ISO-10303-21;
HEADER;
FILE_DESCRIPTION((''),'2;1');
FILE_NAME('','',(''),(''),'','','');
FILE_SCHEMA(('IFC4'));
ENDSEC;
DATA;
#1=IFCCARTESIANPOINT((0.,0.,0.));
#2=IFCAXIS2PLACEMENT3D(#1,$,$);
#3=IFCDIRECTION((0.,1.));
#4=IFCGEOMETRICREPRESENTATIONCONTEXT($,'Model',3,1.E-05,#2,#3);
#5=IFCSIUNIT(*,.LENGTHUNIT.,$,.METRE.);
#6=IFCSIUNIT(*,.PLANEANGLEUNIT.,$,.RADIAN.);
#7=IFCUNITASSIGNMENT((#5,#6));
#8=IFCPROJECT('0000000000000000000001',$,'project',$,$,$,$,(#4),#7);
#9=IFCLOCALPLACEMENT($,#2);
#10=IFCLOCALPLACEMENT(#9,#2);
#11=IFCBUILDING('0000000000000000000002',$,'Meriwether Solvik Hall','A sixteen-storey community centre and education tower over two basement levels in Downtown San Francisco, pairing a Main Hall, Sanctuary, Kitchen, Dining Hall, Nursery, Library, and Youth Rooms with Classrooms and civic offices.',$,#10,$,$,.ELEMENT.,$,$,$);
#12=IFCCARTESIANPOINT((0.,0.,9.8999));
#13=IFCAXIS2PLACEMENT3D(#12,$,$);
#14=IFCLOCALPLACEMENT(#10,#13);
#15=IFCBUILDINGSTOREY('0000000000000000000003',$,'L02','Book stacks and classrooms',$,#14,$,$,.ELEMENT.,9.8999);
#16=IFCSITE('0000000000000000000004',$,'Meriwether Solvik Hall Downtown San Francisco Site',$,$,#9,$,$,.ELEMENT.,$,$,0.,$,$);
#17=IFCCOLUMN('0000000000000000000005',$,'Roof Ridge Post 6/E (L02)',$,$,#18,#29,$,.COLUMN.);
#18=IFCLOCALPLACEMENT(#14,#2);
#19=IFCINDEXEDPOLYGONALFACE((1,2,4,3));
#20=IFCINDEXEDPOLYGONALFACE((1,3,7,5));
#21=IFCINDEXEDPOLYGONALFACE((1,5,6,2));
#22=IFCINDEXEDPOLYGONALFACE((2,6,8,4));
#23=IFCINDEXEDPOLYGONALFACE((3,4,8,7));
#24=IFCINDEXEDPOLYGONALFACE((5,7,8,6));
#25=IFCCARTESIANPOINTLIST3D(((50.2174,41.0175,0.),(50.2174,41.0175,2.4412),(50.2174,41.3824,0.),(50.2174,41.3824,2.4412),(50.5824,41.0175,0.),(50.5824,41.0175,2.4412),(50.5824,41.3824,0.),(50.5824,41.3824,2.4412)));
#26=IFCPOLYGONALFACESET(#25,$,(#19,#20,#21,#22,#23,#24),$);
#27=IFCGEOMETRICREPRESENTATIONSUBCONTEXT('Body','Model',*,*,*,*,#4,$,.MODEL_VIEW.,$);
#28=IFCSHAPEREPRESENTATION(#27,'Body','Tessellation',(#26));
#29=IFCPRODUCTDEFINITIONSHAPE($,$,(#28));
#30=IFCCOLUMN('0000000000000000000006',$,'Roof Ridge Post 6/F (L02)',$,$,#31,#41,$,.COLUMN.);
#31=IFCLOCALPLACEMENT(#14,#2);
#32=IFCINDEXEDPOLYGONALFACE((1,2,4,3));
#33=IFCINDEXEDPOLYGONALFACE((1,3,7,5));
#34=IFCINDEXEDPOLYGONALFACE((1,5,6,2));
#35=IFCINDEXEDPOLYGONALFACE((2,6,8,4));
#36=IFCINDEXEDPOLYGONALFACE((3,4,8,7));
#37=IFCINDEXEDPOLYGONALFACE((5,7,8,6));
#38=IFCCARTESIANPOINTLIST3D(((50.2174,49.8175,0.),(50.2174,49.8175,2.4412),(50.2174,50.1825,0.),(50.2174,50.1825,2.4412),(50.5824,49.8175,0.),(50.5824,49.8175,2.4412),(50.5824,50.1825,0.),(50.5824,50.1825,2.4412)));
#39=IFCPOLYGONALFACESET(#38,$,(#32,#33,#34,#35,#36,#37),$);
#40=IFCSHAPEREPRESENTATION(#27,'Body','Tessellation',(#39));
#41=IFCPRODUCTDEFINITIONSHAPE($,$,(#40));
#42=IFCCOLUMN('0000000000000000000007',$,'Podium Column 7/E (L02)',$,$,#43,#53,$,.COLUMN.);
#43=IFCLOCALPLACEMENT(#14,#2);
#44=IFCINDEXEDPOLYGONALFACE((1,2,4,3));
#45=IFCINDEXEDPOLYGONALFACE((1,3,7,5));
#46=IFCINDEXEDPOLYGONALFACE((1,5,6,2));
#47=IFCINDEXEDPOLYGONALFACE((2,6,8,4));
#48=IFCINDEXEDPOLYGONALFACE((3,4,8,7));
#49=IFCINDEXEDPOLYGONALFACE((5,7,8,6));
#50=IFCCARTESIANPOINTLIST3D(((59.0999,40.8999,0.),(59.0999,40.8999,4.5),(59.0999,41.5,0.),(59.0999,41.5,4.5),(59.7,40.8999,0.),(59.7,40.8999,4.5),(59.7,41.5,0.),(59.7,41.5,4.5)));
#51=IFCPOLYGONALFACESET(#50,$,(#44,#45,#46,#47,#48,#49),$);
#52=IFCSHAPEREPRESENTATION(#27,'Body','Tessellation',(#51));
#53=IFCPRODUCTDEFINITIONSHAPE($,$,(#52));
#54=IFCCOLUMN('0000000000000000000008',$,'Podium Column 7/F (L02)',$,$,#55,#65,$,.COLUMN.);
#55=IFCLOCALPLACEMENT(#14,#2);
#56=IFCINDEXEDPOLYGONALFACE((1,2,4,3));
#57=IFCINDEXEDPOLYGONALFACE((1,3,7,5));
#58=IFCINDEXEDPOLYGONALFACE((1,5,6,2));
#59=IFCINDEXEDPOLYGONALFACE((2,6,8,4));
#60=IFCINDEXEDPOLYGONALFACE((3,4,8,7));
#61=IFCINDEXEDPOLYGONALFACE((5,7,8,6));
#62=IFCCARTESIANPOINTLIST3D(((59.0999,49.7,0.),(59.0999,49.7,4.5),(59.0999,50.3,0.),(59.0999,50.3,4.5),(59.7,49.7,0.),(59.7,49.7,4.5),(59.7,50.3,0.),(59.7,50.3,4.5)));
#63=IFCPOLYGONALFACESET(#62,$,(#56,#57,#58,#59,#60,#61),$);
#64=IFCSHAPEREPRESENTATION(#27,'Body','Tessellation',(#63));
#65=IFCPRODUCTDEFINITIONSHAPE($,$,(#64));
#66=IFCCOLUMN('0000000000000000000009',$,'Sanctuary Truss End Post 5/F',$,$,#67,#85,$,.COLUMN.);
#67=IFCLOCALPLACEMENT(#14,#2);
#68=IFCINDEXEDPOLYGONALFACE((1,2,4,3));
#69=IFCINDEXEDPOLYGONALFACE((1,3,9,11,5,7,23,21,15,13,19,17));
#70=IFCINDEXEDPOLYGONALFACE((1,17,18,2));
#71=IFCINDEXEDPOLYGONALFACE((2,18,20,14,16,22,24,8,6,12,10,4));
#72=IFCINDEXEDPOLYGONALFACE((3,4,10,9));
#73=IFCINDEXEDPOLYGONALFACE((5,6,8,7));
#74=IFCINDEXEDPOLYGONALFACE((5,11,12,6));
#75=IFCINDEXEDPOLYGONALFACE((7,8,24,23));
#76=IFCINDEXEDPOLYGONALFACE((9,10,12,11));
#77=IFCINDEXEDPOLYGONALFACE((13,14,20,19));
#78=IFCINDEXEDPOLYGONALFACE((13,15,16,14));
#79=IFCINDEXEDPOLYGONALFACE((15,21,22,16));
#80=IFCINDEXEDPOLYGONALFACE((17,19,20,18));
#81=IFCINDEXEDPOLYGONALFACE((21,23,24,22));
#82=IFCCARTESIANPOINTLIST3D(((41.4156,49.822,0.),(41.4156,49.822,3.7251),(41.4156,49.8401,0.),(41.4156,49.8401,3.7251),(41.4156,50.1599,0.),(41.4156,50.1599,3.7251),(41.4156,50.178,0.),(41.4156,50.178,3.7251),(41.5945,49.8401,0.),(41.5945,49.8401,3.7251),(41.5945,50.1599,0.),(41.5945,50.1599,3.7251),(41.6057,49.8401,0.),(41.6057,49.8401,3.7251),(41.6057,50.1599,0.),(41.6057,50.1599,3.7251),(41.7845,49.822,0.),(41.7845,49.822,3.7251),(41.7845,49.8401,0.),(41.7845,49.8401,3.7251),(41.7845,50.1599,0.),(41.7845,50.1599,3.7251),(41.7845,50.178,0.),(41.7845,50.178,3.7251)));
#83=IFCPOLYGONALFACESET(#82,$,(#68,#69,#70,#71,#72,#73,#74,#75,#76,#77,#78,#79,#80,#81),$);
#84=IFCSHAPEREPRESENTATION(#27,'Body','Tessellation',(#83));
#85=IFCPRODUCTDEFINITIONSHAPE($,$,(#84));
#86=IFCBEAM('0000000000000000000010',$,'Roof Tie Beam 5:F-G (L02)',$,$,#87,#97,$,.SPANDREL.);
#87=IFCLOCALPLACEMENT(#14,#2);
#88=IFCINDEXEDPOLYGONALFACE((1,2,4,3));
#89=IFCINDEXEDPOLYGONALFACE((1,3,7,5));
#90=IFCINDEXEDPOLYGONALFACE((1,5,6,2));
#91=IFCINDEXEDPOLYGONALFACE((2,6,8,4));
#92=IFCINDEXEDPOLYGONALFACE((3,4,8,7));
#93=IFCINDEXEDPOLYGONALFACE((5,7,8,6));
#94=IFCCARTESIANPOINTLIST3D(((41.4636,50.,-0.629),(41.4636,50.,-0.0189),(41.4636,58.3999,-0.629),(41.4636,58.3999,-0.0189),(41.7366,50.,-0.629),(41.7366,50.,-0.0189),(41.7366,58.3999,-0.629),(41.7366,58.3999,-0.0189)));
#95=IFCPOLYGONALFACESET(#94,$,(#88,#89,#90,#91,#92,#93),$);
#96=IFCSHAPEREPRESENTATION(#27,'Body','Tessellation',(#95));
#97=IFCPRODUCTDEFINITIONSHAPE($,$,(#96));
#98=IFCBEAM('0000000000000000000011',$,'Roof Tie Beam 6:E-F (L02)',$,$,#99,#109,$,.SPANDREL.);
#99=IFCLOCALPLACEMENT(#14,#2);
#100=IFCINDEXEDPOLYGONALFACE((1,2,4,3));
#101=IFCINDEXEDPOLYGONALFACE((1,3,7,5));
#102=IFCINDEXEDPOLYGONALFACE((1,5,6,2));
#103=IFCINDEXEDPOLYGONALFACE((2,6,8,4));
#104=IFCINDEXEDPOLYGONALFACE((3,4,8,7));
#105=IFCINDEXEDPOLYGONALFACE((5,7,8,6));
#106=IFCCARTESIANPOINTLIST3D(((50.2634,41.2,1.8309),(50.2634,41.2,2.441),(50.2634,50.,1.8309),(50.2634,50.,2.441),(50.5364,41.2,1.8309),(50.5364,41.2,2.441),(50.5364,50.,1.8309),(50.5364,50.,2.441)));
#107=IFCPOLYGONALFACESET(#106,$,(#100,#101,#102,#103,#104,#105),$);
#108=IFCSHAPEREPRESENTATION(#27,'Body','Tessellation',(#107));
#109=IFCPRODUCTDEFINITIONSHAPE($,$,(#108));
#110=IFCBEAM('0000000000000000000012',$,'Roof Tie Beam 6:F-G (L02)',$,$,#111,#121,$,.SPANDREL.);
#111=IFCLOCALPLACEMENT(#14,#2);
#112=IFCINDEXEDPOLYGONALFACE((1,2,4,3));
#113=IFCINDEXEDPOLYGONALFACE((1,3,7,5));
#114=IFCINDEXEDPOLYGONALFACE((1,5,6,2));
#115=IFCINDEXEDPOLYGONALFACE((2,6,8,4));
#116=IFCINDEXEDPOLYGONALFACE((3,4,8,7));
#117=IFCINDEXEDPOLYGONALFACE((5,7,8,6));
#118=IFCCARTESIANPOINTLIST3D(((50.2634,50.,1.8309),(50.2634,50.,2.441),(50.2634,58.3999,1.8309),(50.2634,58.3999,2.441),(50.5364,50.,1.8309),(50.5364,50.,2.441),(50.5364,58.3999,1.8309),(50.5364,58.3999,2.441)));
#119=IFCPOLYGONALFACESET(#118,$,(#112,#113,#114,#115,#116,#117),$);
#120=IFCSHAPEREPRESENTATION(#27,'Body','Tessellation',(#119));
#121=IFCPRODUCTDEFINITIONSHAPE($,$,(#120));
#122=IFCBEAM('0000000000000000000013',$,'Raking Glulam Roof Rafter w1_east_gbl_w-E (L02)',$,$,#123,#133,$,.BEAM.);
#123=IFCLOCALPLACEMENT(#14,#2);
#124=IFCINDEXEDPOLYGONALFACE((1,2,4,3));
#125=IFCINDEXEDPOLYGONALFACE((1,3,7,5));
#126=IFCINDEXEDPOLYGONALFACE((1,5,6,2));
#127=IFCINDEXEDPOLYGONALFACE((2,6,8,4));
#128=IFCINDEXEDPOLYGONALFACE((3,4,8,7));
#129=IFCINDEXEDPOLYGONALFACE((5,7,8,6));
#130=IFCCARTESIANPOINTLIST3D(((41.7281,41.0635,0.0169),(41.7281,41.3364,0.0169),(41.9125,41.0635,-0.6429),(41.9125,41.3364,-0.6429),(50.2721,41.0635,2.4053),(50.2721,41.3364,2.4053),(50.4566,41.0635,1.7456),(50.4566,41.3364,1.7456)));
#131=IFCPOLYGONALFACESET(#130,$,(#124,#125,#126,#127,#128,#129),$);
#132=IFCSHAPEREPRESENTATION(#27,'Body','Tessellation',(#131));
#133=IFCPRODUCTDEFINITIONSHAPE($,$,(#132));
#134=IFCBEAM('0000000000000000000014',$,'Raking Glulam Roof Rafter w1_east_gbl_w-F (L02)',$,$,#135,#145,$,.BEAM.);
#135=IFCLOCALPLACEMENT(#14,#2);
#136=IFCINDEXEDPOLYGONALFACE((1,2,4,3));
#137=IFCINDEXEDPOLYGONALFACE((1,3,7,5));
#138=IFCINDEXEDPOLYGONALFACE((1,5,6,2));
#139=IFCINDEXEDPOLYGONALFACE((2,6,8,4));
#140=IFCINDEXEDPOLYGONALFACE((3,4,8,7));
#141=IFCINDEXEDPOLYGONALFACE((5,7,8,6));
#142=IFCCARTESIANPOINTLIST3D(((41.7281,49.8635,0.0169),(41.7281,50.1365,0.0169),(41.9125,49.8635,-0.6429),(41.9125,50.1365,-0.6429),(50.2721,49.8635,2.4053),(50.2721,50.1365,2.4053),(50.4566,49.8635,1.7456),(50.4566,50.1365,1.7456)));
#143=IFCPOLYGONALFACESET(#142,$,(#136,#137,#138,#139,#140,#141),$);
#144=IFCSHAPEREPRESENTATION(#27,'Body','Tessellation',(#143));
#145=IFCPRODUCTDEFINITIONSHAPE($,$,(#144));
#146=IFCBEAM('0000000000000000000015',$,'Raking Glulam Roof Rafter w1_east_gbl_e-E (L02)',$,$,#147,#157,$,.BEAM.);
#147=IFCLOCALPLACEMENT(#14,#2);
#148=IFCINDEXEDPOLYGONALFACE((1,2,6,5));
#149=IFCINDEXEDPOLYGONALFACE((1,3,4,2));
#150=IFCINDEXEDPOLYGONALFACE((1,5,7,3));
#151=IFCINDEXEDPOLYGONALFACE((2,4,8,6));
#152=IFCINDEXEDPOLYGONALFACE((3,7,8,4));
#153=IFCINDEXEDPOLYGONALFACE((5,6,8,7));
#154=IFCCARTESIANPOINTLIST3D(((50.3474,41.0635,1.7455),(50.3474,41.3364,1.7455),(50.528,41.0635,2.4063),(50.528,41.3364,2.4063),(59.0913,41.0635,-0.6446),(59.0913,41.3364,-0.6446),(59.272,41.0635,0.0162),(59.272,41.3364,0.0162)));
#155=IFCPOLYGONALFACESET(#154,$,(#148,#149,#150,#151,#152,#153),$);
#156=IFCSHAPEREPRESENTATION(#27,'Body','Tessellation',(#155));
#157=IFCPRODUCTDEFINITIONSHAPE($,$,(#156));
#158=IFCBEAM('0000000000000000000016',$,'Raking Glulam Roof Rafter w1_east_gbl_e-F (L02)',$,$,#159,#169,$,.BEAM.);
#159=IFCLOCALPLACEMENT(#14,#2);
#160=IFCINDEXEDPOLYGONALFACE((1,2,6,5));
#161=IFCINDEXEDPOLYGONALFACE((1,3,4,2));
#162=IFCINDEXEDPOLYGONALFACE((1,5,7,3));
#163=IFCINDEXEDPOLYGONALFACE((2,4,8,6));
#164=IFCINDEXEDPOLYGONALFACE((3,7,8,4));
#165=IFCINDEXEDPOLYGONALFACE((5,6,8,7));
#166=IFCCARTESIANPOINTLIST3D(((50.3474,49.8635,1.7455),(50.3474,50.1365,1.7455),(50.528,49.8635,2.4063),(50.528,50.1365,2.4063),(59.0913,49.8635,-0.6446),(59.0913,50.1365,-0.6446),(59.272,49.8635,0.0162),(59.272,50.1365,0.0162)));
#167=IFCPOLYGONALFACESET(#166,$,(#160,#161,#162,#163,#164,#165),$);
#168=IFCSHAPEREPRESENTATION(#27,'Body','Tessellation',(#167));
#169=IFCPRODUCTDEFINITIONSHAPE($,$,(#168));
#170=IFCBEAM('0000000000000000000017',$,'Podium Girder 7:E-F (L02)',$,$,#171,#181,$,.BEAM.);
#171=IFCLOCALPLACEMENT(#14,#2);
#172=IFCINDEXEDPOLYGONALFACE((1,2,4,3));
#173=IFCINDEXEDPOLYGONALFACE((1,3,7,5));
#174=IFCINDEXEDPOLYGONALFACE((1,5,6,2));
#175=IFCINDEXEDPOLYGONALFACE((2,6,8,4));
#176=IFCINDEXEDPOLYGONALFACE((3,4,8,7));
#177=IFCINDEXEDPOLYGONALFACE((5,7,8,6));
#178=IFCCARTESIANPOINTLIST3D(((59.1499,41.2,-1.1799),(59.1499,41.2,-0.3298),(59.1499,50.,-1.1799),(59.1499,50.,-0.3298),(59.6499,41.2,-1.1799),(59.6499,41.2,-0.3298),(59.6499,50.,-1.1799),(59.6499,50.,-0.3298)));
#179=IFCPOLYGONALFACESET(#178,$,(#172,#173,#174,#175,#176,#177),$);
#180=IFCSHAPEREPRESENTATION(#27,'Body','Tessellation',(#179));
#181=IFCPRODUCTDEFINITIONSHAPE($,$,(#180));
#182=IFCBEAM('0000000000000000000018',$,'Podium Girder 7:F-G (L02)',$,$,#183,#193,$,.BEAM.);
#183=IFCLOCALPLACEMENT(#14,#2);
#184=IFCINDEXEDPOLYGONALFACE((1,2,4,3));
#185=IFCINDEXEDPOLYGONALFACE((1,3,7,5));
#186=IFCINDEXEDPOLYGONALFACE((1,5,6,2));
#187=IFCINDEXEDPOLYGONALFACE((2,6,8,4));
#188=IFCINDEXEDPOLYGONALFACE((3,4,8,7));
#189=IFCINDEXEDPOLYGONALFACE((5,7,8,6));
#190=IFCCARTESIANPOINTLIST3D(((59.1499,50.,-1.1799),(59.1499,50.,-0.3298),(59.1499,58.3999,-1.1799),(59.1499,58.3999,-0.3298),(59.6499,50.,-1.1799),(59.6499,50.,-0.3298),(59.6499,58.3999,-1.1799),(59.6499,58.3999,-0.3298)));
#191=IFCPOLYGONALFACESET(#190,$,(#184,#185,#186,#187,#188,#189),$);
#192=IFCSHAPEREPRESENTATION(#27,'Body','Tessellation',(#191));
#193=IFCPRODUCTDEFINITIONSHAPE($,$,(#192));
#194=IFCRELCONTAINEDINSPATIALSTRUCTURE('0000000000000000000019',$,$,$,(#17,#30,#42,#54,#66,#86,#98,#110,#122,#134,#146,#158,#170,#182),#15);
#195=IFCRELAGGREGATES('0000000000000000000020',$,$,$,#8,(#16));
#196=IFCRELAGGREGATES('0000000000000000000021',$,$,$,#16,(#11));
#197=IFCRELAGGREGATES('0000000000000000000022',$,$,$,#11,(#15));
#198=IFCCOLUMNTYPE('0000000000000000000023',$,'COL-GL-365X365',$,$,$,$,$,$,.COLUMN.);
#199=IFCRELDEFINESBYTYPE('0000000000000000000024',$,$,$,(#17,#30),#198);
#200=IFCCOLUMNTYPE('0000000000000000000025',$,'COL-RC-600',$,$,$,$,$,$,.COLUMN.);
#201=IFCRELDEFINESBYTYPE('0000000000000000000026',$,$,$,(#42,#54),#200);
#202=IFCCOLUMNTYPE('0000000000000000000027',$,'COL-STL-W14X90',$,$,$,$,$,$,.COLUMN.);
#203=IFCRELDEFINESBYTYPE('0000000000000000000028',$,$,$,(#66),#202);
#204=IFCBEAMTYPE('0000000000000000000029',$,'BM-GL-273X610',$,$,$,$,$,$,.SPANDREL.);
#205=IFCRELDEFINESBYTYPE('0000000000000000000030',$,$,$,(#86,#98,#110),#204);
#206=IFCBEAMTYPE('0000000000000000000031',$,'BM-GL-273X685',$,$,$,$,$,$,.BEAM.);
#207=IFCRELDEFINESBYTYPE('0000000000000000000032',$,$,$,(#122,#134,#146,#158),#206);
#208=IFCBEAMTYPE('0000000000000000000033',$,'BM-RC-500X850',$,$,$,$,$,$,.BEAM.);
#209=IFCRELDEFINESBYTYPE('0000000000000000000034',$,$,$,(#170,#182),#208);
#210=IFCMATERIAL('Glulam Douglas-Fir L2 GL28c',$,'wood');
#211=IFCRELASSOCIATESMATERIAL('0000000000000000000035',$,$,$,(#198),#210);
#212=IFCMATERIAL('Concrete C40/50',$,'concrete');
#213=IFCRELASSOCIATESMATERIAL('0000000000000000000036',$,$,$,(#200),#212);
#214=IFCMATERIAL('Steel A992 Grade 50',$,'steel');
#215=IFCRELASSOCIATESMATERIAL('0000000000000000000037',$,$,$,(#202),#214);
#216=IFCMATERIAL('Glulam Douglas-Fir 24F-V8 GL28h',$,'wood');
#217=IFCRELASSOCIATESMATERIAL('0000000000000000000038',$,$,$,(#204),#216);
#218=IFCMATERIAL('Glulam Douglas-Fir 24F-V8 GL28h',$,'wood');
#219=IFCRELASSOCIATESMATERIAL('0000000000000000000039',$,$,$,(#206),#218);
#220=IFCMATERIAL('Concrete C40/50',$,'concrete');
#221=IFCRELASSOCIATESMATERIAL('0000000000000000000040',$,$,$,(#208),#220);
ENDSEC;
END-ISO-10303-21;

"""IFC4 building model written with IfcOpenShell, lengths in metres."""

from ifc_helpers import new_model, si_unit, direction, frame, origin, origin_2d, place, context, subcontext, project, spatial, rectangle, i_section, extrude, material, material_profile, profile_set, type_object, element, save


model = new_model("IFC4")

# Units and contexts
model_context = context("Model", 3, precision=1e-05, world=origin(), true_north=direction((0.0, 1.0)))
body_context = subcontext(model_context, "Body", "Model", "MODEL_VIEW")
ifc_project = project(units=[si_unit("LENGTHUNIT", "METRE"), si_unit("PLANEANGLEUNIT", "RADIAN")], contexts=[model_context])

# Site, building, storey
site_placement = place(None, origin())
site = spatial("IfcSite", under=ifc_project, at=site_placement, Name="Meriwether Solvik Hall Downtown San Francisco Site", CompositionType="ELEMENT", RefElevation=0.0)
building_placement = place(site_placement, origin())
building = spatial("IfcBuilding", under=site, at=building_placement, Name="Meriwether Solvik Hall", Description="A sixteen-storey community centre and education tower over two basement levels in Downtown San Francisco, pairing a Main Hall, Sanctuary, Kitchen, Dining Hall, Nursery, Library, and Youth Rooms with Classrooms and civic offices.", CompositionType="ELEMENT")
storey_placement = place(building_placement, frame((0.0, 0.0, 9.8999)))
storey = spatial("IfcBuildingStorey", under=building, at=storey_placement, Name="L02", Description="Book stacks and classrooms", CompositionType="ELEMENT", Elevation=9.8999)

# Columns
ifc_material_1 = material(Name="Glulam Douglas-Fir L2 GL28c", Category="wood")
ifc_material_profile_1 = material_profile(ifc_material_1, rectangle(XDim=0.365, YDim=0.365, at=origin_2d()), Name="GLC-365X365")
ifc_profile_set_1 = profile_set([ifc_material_profile_1], Name="Glulam Douglas-Fir L2 GL28c")
column_type_1 = type_object("IfcColumnType", Name="COL-GL-365X365", PredefinedType="COLUMN", material=ifc_profile_set_1)
for number, where, z_axis, x_axis, name in (
    (1, (50.3999, 41.2, 0.0), (0.0, 0.0, 1.0), (1.0, 0.0, 0.0), "Roof Ridge Post 6/E (L02)"),
    (2, (50.3999, 50.0, 0.0), (0.0, 0.0, 1.0), (1.0, 0.0, 0.0), "Roof Ridge Post 6/F (L02)"),
):
    element("IfcColumn", number, at=place(storey_placement, frame(where, z_axis=z_axis, x_axis=x_axis)), inside=storey, type_object=column_type_1, Name=name, PredefinedType="COLUMN", context=body_context, shape_type="SweptSolid", body=[
        extrude(rectangle(XDim=0.365, YDim=0.365, at=origin_2d()), origin(), (0.0, 0.0, 1.0), 2.4412),
    ])
ifc_material_2 = material(Name="Concrete C40/50", Category="concrete")
ifc_material_profile_2 = material_profile(ifc_material_2, rectangle(XDim=0.6001, YDim=0.6001, at=origin_2d()), Name="RCC-600X600")
ifc_profile_set_2 = profile_set([ifc_material_profile_2], Name="Concrete C40/50")
column_type_2 = type_object("IfcColumnType", Name="COL-RC-600", PredefinedType="COLUMN", material=ifc_profile_set_2)
for number, where, z_axis, x_axis, name in (
    (3, (59.3999, 41.2, 0.0), (0.0, 0.0, 1.0), (1.0, 0.0, 0.0), "Podium Column 7/E (L02)"),
    (4, (59.3999, 50.0, 0.0), (0.0, 0.0, 1.0), (1.0, 0.0, 0.0), "Podium Column 7/F (L02)"),
):
    element("IfcColumn", number, at=place(storey_placement, frame(where, z_axis=z_axis, x_axis=x_axis)), inside=storey, type_object=column_type_2, Name=name, PredefinedType="COLUMN", context=body_context, shape_type="SweptSolid", body=[
        extrude(rectangle(XDim=0.6001, YDim=0.6001, at=origin_2d()), origin(), (0.0, 0.0, 1.0), 4.5),
    ])
ifc_material_3 = material(Name="Steel A992 Grade 50", Category="steel")
ifc_material_profile_3 = material_profile(ifc_material_3, i_section(OverallWidth=0.3689, OverallDepth=0.356, WebThickness=0.0112, FlangeThickness=0.0181, at=origin_2d()), Name="W14X90")
ifc_profile_set_3 = profile_set([ifc_material_profile_3], Name="Steel A992 Grade 50")
column_type_3 = type_object("IfcColumnType", Name="COL-STL-W14X90", PredefinedType="COLUMN", material=ifc_profile_set_3)
column_placement = place(storey_placement, frame((41.6001, 50.0, 0.0), z_axis=(0.0, 0.0, 1.0), x_axis=(1.0, 0.0, 0.0)))
element("IfcColumn", 5, at=column_placement, inside=storey, type_object=column_type_3, Name="Sanctuary Truss End Post 5/F", PredefinedType="COLUMN", context=body_context, shape_type="SweptSolid", body=[
    extrude(i_section(OverallWidth=0.3689, OverallDepth=0.356, WebThickness=0.0112, FlangeThickness=0.0181, at=origin_2d()), origin(), (0.0, 0.0, 1.0), 3.7251),
])

# Beams
ifc_material_4 = material(Name="Glulam Douglas-Fir 24F-V8 GL28h", Category="wood")
ifc_material_profile_4 = material_profile(ifc_material_4, rectangle(XDim=0.2729, YDim=0.6101, at=origin_2d()), Name="GLB-273X610")
ifc_profile_set_4 = profile_set([ifc_material_profile_4], Name="Glulam Douglas-Fir 24F-V8 GL28h")
beam_type_1 = type_object("IfcBeamType", Name="BM-GL-273X610", PredefinedType="SPANDREL", material=ifc_profile_set_4)
beam_1_placement = place(storey_placement, frame((41.6001, 50.0, -0.324), z_axis=(0.0, 1.0, 0.0), x_axis=(-1.0, 0.0, 0.0)))
element("IfcBeam", 6, at=beam_1_placement, inside=storey, type_object=beam_type_1, Name="Roof Tie Beam 5:F-G (L02)", PredefinedType="SPANDREL", context=body_context, shape_type="SweptSolid", body=[
    extrude(rectangle(XDim=0.2729, YDim=0.6101, at=origin_2d()), origin(), (0.0, 0.0, 1.0), 8.3999),
])
beam_2_placement = place(storey_placement, frame((50.3999, 41.2, 2.136), z_axis=(0.0, 1.0, 0.0), x_axis=(-1.0, 0.0, 0.0)))
element("IfcBeam", 7, at=beam_2_placement, inside=storey, type_object=beam_type_1, Name="Roof Tie Beam 6:E-F (L02)", PredefinedType="SPANDREL", context=body_context, shape_type="SweptSolid", body=[
    extrude(rectangle(XDim=0.2729, YDim=0.6101, at=origin_2d()), origin(), (0.0, 0.0, 1.0), 8.8),
])
beam_3_placement = place(storey_placement, frame((50.3999, 50.0, 2.136), z_axis=(0.0, 1.0, 0.0), x_axis=(-1.0, 0.0, 0.0)))
element("IfcBeam", 8, at=beam_3_placement, inside=storey, type_object=beam_type_1, Name="Roof Tie Beam 6:F-G (L02)", PredefinedType="SPANDREL", context=body_context, shape_type="SweptSolid", body=[
    extrude(rectangle(XDim=0.2729, YDim=0.6101, at=origin_2d()), origin(), (0.0, 0.0, 1.0), 8.3999),
])
ifc_material_5 = material(Name="Glulam Douglas-Fir 24F-V8 GL28h", Category="wood")
ifc_material_profile_5 = material_profile(ifc_material_5, rectangle(XDim=0.2729, YDim=0.6851, at=origin_2d()), Name="GLB-273X685")
ifc_profile_set_5 = profile_set([ifc_material_profile_5], Name="Glulam Douglas-Fir 24F-V8 GL28h")
beam_type_2 = type_object("IfcBeamType", Name="BM-GL-273X685", PredefinedType="BEAM", material=ifc_profile_set_5)
for number, where, z_axis, x_axis, name in (
    (9, (41.8203, 41.2, -0.313), (0.963077, 0.0, 0.269225), (0.0, 1.0, 0.0), "Raking Glulam Roof Rafter w1_east_gbl_w-E (L02)"),
    (10, (41.8203, 50.0, -0.313), (0.963077, 0.0, 0.269225), (0.0, 1.0, 0.0), "Raking Glulam Roof Rafter w1_east_gbl_w-F (L02)"),
):
    element("IfcBeam", number, at=place(storey_placement, frame(where, z_axis=z_axis, x_axis=x_axis)), inside=storey, type_object=beam_type_2, Name=name, PredefinedType="BEAM", context=body_context, shape_type="SweptSolid", body=[
        extrude(rectangle(XDim=0.2729, YDim=0.6851, at=origin_2d()), origin(), (0.0, 0.0, 1.0), 8.8716),
    ])
for number, where, z_axis, x_axis, name in (
    (11, (59.1816, 41.2, -0.3142), (-0.964611, 0.0, 0.263676), (0.0, -1.0, 0.0), "Raking Glulam Roof Rafter w1_east_gbl_e-E (L02)"),
    (12, (59.1816, 50.0, -0.3142), (-0.964611, 0.0, 0.263676), (0.0, -1.0, 0.0), "Raking Glulam Roof Rafter w1_east_gbl_e-F (L02)"),
):
    element("IfcBeam", number, at=place(storey_placement, frame(where, z_axis=z_axis, x_axis=x_axis)), inside=storey, type_object=beam_type_2, Name=name, PredefinedType="BEAM", context=body_context, shape_type="SweptSolid", body=[
        extrude(rectangle(XDim=0.2729, YDim=0.6851, at=origin_2d()), origin(), (0.0, 0.0, 1.0), 9.0647),
    ])
ifc_material_6 = material(Name="Concrete C40/50", Category="concrete")
ifc_material_profile_6 = material_profile(ifc_material_6, rectangle(XDim=0.5, YDim=0.8501, at=origin_2d()), Name="RCB-500X850")
ifc_profile_set_6 = profile_set([ifc_material_profile_6], Name="Concrete C40/50")
beam_type_3 = type_object("IfcBeamType", Name="BM-RC-500X850", PredefinedType="BEAM", material=ifc_profile_set_6)
beam_4_placement = place(storey_placement, frame((59.3999, 41.2, -0.7549), z_axis=(0.0, 1.0, 0.0), x_axis=(-1.0, 0.0, 0.0)))
element("IfcBeam", 13, at=beam_4_placement, inside=storey, type_object=beam_type_3, Name="Podium Girder 7:E-F (L02)", PredefinedType="BEAM", context=body_context, shape_type="SweptSolid", body=[
    extrude(rectangle(XDim=0.5, YDim=0.8501, at=origin_2d()), origin(), (0.0, 0.0, 1.0), 8.8),
])
beam_5_placement = place(storey_placement, frame((59.3999, 50.0, -0.7549), z_axis=(0.0, 1.0, 0.0), x_axis=(-1.0, 0.0, 0.0)))
element("IfcBeam", 14, at=beam_5_placement, inside=storey, type_object=beam_type_3, Name="Podium Girder 7:F-G (L02)", PredefinedType="BEAM", context=body_context, shape_type="SweptSolid", body=[
    extrude(rectangle(XDim=0.5, YDim=0.8501, at=origin_2d()), origin(), (0.0, 0.0, 1.0), 8.3999),
])

save(model, "model.ifc")
